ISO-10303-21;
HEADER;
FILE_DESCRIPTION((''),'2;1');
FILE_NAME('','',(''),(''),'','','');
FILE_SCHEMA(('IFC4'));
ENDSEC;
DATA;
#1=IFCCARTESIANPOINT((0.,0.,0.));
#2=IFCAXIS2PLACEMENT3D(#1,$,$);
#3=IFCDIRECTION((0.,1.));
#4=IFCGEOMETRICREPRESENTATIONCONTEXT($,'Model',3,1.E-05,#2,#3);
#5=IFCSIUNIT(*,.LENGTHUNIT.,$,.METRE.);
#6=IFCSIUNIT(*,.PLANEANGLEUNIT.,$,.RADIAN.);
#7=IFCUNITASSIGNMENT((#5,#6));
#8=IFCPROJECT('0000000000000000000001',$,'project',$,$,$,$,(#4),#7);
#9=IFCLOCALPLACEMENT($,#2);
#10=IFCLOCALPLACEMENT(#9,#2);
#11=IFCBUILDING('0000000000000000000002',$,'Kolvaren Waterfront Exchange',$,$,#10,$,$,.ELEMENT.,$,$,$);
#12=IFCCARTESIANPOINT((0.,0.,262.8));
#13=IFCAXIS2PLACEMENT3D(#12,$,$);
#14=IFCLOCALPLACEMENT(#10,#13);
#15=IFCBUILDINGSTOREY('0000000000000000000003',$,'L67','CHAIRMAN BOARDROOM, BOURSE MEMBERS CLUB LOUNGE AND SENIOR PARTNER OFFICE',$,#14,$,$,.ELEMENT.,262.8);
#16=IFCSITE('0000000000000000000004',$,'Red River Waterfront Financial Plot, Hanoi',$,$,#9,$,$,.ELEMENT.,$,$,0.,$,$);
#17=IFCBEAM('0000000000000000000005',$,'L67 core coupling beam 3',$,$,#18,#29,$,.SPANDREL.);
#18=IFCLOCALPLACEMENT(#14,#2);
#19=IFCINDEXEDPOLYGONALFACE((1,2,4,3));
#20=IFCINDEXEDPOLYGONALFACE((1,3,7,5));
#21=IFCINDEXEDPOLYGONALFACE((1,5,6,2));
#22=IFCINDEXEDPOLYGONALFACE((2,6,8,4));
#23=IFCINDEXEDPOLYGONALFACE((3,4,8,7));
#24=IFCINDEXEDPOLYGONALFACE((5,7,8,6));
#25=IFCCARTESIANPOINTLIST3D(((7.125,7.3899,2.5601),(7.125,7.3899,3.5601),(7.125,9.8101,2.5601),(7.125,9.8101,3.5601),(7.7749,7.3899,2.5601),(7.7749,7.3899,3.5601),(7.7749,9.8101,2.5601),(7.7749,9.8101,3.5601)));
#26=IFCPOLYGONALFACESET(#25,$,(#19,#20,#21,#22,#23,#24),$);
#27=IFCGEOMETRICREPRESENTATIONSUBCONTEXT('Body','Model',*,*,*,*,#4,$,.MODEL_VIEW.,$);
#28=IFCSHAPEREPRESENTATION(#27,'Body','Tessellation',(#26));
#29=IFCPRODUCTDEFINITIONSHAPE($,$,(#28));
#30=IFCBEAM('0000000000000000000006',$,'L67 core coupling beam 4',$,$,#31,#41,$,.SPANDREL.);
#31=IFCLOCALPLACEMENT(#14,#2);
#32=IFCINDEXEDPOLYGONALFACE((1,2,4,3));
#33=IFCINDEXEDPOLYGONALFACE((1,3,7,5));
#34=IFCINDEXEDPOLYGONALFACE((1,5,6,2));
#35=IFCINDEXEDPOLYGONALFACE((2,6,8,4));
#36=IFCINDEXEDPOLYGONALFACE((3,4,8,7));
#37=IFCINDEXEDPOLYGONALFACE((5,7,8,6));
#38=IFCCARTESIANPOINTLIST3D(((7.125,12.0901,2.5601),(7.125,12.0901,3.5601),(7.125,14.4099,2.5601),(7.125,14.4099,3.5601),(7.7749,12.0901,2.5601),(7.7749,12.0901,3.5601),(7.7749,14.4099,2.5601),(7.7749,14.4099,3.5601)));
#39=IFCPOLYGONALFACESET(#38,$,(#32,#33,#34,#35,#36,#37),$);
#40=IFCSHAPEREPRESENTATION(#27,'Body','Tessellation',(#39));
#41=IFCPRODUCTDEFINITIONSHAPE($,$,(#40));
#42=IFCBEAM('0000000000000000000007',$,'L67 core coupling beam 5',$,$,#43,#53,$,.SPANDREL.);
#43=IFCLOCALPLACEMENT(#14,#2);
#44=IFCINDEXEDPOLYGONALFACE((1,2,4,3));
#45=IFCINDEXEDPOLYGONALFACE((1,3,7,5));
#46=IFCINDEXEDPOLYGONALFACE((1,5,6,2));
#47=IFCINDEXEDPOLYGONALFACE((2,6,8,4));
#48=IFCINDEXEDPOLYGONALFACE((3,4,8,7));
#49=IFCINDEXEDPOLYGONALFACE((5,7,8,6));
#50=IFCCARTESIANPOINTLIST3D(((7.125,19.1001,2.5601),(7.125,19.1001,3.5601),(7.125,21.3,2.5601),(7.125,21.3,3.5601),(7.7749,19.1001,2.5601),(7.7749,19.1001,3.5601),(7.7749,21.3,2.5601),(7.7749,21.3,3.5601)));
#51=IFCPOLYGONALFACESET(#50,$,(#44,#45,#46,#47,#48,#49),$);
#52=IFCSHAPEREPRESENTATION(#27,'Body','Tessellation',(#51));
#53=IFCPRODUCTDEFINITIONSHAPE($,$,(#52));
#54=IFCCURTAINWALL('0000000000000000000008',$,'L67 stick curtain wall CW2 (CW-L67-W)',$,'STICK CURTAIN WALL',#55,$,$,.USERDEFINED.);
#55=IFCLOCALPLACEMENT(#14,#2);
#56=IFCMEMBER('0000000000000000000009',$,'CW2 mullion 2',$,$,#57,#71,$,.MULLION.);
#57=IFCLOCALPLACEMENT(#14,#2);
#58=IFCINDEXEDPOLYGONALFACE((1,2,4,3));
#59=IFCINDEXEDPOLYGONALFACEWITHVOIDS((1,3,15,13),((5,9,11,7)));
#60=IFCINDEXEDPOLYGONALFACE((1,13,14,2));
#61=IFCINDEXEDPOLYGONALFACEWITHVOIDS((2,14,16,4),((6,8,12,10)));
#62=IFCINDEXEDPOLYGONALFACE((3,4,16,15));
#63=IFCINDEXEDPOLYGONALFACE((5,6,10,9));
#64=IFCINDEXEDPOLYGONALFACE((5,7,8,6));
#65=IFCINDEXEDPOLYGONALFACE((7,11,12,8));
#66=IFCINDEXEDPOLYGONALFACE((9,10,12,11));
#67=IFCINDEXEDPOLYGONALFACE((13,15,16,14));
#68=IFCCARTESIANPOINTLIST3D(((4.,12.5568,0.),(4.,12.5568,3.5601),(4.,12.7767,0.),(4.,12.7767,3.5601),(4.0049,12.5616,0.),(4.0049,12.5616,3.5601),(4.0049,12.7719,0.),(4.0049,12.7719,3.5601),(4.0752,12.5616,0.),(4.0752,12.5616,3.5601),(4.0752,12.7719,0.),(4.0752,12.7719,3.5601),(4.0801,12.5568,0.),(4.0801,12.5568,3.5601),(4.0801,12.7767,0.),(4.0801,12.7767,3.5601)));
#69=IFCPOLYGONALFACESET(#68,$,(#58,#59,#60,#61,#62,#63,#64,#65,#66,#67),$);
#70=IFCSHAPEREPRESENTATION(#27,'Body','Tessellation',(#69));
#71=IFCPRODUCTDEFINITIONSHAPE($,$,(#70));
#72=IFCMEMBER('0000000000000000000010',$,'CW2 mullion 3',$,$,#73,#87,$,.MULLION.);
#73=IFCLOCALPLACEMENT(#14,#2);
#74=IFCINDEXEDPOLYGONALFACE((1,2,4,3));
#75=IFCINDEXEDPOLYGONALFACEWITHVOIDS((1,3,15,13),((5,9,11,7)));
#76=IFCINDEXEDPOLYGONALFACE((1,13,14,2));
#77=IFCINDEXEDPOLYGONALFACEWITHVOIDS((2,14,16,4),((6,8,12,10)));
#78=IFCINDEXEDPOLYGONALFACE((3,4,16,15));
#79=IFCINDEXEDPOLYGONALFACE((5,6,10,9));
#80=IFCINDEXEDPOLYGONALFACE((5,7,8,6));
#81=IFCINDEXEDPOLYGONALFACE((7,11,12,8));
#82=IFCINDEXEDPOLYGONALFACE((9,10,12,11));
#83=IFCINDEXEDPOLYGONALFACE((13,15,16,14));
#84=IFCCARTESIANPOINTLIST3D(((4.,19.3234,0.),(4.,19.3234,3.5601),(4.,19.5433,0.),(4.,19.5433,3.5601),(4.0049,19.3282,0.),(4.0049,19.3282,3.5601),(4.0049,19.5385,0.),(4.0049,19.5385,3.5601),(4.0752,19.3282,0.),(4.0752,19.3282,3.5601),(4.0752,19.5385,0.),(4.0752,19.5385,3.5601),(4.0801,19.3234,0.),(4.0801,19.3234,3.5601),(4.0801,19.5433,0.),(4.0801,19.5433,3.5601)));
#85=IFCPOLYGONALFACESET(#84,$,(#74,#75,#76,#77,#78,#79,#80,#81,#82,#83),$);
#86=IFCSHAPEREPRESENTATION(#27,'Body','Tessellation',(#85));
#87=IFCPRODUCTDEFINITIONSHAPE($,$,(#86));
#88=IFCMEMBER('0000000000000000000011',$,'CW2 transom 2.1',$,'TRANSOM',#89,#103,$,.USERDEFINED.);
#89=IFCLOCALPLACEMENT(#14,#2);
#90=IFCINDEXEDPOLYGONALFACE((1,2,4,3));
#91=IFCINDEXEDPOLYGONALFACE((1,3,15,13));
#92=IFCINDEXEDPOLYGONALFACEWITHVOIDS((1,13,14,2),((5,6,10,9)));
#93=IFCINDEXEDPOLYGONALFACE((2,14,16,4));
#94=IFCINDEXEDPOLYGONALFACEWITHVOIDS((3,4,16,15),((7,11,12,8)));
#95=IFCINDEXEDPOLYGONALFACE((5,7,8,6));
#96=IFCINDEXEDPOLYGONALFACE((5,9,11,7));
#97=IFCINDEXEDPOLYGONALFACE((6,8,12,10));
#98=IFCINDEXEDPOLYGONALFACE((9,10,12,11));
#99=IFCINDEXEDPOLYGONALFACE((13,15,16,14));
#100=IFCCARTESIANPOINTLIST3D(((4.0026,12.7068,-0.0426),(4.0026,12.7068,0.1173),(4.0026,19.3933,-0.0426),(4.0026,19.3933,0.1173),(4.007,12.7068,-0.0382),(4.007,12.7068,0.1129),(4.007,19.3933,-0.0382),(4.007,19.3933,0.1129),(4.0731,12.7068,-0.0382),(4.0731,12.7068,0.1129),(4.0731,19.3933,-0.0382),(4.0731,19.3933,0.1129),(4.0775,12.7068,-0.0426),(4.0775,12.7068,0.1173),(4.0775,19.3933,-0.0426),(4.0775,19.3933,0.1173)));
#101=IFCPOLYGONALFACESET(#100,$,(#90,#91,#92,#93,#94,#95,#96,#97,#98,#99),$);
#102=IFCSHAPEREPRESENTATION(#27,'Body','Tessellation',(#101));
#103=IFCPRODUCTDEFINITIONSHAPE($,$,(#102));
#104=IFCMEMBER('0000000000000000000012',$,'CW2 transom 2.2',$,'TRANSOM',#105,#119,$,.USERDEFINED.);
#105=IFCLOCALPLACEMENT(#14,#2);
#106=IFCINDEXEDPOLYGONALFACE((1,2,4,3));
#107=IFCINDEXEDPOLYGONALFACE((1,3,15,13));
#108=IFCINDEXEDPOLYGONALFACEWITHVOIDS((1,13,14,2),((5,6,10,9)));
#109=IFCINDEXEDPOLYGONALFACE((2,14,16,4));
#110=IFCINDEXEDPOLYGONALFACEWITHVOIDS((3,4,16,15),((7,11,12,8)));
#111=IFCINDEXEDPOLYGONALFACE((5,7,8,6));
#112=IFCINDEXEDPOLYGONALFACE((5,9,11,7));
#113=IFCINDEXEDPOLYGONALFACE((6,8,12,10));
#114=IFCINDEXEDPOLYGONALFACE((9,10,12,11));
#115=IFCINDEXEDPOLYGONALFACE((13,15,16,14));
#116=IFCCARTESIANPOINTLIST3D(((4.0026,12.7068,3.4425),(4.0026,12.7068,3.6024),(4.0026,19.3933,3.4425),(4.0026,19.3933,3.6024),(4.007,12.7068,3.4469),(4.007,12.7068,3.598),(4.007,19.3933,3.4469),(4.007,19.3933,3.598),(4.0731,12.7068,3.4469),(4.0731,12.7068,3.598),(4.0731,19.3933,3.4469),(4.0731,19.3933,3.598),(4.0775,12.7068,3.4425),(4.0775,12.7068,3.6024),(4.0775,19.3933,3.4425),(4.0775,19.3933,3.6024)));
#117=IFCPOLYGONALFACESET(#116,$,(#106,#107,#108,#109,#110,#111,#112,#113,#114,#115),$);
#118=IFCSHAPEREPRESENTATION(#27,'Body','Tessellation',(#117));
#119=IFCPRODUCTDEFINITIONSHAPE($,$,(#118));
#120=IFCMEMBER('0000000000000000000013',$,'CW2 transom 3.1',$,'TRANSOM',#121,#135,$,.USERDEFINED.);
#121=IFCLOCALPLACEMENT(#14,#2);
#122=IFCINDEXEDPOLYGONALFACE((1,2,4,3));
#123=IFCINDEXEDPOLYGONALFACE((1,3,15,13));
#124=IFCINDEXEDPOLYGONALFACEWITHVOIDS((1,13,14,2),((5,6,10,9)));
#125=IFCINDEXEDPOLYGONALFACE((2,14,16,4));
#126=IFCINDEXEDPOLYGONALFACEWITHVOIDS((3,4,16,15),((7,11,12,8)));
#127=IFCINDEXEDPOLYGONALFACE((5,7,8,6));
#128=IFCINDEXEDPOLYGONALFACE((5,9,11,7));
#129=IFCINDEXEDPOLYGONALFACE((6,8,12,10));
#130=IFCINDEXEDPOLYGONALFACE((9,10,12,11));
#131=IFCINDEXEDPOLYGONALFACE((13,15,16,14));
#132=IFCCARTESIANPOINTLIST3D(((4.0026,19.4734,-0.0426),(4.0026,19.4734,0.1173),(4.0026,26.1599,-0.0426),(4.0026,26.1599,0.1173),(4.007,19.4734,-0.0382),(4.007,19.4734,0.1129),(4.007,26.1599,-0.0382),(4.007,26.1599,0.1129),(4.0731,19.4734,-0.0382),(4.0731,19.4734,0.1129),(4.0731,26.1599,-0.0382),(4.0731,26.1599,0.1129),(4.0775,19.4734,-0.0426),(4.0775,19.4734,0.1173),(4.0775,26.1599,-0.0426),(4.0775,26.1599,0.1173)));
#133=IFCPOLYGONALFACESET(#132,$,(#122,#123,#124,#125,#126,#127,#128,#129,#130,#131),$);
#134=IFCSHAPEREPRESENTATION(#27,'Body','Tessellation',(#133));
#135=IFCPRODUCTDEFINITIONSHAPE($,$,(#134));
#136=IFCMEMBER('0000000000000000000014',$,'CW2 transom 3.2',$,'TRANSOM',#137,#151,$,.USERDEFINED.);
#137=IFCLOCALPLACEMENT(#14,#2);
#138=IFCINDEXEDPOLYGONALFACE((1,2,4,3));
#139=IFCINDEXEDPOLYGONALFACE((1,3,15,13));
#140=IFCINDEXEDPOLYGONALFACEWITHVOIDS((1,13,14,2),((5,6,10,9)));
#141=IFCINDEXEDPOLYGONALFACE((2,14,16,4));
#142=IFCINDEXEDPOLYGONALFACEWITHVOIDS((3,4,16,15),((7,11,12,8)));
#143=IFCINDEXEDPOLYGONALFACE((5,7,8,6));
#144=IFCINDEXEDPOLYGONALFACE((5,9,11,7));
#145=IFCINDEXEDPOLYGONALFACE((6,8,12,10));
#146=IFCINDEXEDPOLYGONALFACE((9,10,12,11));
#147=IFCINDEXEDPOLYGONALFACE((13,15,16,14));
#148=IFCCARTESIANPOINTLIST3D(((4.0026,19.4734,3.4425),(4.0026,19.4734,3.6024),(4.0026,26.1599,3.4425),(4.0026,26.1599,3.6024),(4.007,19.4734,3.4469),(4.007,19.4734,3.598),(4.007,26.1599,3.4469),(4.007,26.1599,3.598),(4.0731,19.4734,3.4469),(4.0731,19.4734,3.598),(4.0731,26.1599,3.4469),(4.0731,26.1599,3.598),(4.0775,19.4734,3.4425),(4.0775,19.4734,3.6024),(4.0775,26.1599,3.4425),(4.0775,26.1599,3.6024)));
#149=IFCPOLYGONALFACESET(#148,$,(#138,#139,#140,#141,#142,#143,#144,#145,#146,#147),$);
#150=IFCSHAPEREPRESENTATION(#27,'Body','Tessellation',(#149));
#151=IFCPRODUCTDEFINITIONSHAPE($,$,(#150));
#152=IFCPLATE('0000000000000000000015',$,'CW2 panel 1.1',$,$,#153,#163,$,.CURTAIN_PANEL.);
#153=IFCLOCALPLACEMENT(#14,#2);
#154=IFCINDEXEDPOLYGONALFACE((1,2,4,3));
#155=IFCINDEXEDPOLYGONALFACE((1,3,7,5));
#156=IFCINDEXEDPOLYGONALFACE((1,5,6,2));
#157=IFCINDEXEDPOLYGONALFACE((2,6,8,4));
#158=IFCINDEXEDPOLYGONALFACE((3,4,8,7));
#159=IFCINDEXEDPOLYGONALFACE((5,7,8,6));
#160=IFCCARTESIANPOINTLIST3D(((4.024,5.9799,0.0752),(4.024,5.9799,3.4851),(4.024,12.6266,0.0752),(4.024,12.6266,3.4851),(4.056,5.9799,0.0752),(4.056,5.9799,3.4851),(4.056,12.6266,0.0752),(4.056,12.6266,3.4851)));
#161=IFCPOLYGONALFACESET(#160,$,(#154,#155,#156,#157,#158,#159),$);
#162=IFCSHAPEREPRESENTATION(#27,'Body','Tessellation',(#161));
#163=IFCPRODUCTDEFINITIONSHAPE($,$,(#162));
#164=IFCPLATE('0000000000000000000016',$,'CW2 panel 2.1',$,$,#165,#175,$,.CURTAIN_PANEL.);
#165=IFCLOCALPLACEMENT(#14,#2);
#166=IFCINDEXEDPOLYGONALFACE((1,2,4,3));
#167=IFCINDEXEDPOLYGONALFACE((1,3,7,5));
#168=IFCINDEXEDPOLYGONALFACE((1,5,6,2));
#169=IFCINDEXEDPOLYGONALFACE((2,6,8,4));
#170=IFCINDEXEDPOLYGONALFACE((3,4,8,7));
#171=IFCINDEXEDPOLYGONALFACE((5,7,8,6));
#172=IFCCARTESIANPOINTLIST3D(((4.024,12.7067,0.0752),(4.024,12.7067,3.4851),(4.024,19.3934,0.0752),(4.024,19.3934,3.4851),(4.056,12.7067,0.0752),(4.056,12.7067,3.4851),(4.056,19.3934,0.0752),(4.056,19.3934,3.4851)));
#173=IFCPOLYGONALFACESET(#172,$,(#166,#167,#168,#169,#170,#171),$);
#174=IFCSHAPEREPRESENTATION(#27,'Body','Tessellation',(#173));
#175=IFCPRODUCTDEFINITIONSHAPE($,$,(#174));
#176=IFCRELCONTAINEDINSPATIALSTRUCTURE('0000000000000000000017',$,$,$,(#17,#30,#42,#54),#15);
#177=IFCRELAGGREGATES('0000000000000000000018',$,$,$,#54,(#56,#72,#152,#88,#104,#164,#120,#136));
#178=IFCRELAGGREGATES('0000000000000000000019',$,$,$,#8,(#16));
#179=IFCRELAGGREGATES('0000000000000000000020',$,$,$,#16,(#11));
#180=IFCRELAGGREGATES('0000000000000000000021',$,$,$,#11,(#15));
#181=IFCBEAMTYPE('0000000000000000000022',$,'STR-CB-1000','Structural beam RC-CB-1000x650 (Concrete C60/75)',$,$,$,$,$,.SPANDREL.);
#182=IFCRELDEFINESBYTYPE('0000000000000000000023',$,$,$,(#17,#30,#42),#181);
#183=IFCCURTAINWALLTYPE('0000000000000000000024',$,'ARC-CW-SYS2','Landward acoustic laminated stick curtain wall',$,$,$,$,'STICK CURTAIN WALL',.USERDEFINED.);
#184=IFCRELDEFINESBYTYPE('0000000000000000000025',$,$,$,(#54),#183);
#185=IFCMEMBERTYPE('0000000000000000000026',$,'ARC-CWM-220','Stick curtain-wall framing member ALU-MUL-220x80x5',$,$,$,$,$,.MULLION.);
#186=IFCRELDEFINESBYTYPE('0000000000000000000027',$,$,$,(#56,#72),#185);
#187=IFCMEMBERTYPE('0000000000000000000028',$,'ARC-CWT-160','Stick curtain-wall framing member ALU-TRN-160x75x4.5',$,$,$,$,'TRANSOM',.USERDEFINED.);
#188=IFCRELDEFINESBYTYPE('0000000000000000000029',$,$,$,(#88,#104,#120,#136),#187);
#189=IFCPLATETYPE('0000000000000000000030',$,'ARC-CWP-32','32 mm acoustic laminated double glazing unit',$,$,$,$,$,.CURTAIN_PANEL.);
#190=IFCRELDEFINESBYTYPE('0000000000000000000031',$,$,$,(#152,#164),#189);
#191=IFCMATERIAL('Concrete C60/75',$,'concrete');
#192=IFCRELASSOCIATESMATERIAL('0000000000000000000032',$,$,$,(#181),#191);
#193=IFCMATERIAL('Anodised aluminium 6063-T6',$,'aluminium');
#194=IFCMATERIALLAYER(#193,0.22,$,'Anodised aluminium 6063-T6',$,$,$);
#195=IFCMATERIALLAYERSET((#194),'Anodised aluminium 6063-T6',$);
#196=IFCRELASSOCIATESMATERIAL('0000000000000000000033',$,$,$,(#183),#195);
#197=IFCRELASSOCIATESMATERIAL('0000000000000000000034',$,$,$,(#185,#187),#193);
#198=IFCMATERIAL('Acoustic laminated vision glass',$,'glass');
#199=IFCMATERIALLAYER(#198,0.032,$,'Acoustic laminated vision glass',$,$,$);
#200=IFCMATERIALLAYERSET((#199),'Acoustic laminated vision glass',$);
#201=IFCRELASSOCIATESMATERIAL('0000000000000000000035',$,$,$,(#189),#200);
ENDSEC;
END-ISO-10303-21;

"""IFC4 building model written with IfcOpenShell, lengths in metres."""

from ifc_helpers import new_model, si_unit, direction, frame, origin, origin_with_axes, origin_2d, place, context, subcontext, project, spatial, rectangle, hollow_rectangle, extrude, source, transform, mapped, material, layer, layer_set, material_profile, profile_set, type_object, element, aggregate, save


model = new_model("IFC4")

# Units and contexts
model_context = context("Model", 3, precision=1e-05, world=origin(), true_north=direction((0.0, 1.0)))
body_context = subcontext(model_context, "Body", "Model", "MODEL_VIEW")
ifc_project = project(units=[si_unit("LENGTHUNIT", "METRE"), si_unit("PLANEANGLEUNIT", "RADIAN")], contexts=[model_context])

# Site, building, storey
site_placement = place(None, origin())
site = spatial("IfcSite", under=ifc_project, at=site_placement, Name="Red River Waterfront Financial Plot, Hanoi", CompositionType="ELEMENT", RefElevation=0.0)
building_placement = place(site_placement, origin())
building = spatial("IfcBuilding", under=site, at=building_placement, Name="Kolvaren Waterfront Exchange", CompositionType="ELEMENT")
storey_placement = place(building_placement, frame((0.0, 0.0, 262.8)))
storey = spatial("IfcBuildingStorey", under=building, at=storey_placement, Name="L67", Description="CHAIRMAN BOARDROOM, BOURSE MEMBERS CLUB LOUNGE AND SENIOR PARTNER OFFICE", CompositionType="ELEMENT", Elevation=262.8)

# Beams
ifc_material_1 = material(Name="Concrete C60/75", Category="concrete")
ifc_material_profile_1 = material_profile(ifc_material_1, rectangle(XDim=0.6499, YDim=1.0, at=origin_2d()), Name="RC-CB-1000x650")
ifc_profile_set_1 = profile_set([ifc_material_profile_1], Name="Concrete C60/75")
beam_type = type_object("IfcBeamType", Name="STR-CB-1000", Description="Structural beam RC-CB-1000x650 (Concrete C60/75)", PredefinedType="SPANDREL", material=ifc_profile_set_1)
beam_1_placement = place(storey_placement, frame((7.45, 7.3899, 3.0601), z_axis=(0.0, 1.0, 0.0), x_axis=(-1.0, 0.0, 0.0)))
element("IfcBeam", 1, at=beam_1_placement, inside=storey, type_object=beam_type, Name="L67 core coupling beam 3", PredefinedType="SPANDREL", context=body_context, shape_type="SweptSolid", body=[
    extrude(rectangle(XDim=0.6499, YDim=1.0, at=origin_2d()), origin(), (0.0, 0.0, 1.0), 2.4202),
])
beam_2_placement = place(storey_placement, frame((7.45, 12.0901, 3.0601), z_axis=(0.0, 1.0, 0.0), x_axis=(-1.0, 0.0, 0.0)))
element("IfcBeam", 2, at=beam_2_placement, inside=storey, type_object=beam_type, Name="L67 core coupling beam 4", PredefinedType="SPANDREL", context=body_context, shape_type="SweptSolid", body=[
    extrude(rectangle(XDim=0.6499, YDim=1.0, at=origin_2d()), origin(), (0.0, 0.0, 1.0), 2.3198),
])
beam_3_placement = place(storey_placement, frame((7.45, 19.1001, 3.0601), z_axis=(0.0, 1.0, 0.0), x_axis=(-1.0, 0.0, 0.0)))
element("IfcBeam", 3, at=beam_3_placement, inside=storey, type_object=beam_type, Name="L67 core coupling beam 5", PredefinedType="SPANDREL", context=body_context, shape_type="SweptSolid", body=[
    extrude(rectangle(XDim=0.6499, YDim=1.0, at=origin_2d()), origin(), (0.0, 0.0, 1.0), 2.2),
])

# Curtain wall, members, plates
ifc_material_2 = material(Name="Anodised aluminium 6063-T6", Category="aluminium")
ifc_layer_1 = layer(ifc_material_2, 0.22, Name="Anodised aluminium 6063-T6")
ifc_layer_set_1 = layer_set([ifc_layer_1], Name="Anodised aluminium 6063-T6")
curtain_wall_type = type_object("IfcCurtainWallType", Name="ARC-CW-SYS2", Description="Landward acoustic laminated stick curtain wall", ElementType="STICK CURTAIN WALL", PredefinedType="USERDEFINED", material=ifc_layer_set_1)
curtain_wall_placement = place(storey_placement, origin())
curtain_wall = element("IfcCurtainWall", 4, at=curtain_wall_placement, inside=storey, type_object=curtain_wall_type, Name="L67 stick curtain wall CW2 (CW-L67-W)", ObjectType="STICK CURTAIN WALL", PredefinedType="USERDEFINED")
ifc_material_profile_2 = material_profile(ifc_material_2, hollow_rectangle(XDim=0.0801, YDim=0.22, WallThickness=0.0049, at=origin_2d()), Name="ALU-MUL-220x80x5")
ifc_profile_set_2 = profile_set([ifc_material_profile_2], Name="Anodised aluminium 6063-T6")
member_type_1 = type_object("IfcMemberType", Name="ARC-CWM-220", Description="Stick curtain-wall framing member ALU-MUL-220x80x5", PredefinedType="MULLION", material=ifc_profile_set_2)
shared_shape_1 = source(origin_with_axes(), body_context, "Body", "SweptSolid", [
    extrude(hollow_rectangle(XDim=0.0801, YDim=0.22, WallThickness=0.0049, at=origin_2d()), origin(), (0.0, 0.0, 1.0), 3.5601),
])
member_1_placement = place(storey_placement, frame((4.04, 12.6667, 0.0), z_axis=(0.0, 0.0, 1.0), x_axis=(-1.0, 0.0, 0.0)))
member_1 = element("IfcMember", 5, at=member_1_placement, type_object=member_type_1, Name="CW2 mullion 2", PredefinedType="MULLION", context=body_context, shape_type="MappedRepresentation", body=[
    mapped(shared_shape_1, transform((0.0, 0.0, 0.0), x_axis=(1.0, 0.0, 0.0), y_axis=(0.0, 1.0, 0.0), z_axis=(0.0, 0.0, 1.0), scale=1.0)),
])
member_2_placement = place(storey_placement, frame((4.04, 19.4333, 0.0), z_axis=(0.0, 0.0, 1.0), x_axis=(-1.0, 0.0, 0.0)))
member_2 = element("IfcMember", 6, at=member_2_placement, type_object=member_type_1, Name="CW2 mullion 3", PredefinedType="MULLION", context=body_context, shape_type="MappedRepresentation", body=[
    mapped(shared_shape_1, transform((0.0, 0.0, 0.0), x_axis=(1.0, 0.0, 0.0), y_axis=(0.0, 1.0, 0.0), z_axis=(0.0, 0.0, 1.0), scale=1.0)),
])
ifc_material_profile_3 = material_profile(ifc_material_2, hollow_rectangle(XDim=0.075, YDim=0.1599, WallThickness=0.0044, at=origin_2d()), Name="ALU-TRN-160x75x4.5")
ifc_profile_set_3 = profile_set([ifc_material_profile_3], Name="Anodised aluminium 6063-T6")
member_type_2 = type_object("IfcMemberType", Name="ARC-CWT-160", Description="Stick curtain-wall framing member ALU-TRN-160x75x4.5", ElementType="TRANSOM", PredefinedType="USERDEFINED", material=ifc_profile_set_3)
shared_shape_2 = source(origin_with_axes(), body_context, "Body", "SweptSolid", [
    extrude(hollow_rectangle(XDim=0.075, YDim=0.1599, WallThickness=0.0044, at=origin_2d()), origin(), (0.0, 0.0, 1.0), 6.6865),
])
member_3_placement = place(storey_placement, frame((4.04, 12.7068, 0.0374), z_axis=(0.0, 1.0, 0.0), x_axis=(-1.0, 0.0, 0.0)))
member_3 = element("IfcMember", 7, at=member_3_placement, type_object=member_type_2, Name="CW2 transom 2.1", ObjectType="TRANSOM", PredefinedType="USERDEFINED", context=body_context, shape_type="MappedRepresentation", body=[
    mapped(shared_shape_2, transform((0.0, 0.0, 0.0), x_axis=(1.0, 0.0, 0.0), y_axis=(0.0, 1.0, 0.0), z_axis=(0.0, 0.0, 1.0), scale=1.0)),
])
member_4_placement = place(storey_placement, frame((4.04, 12.7068, 3.5225), z_axis=(0.0, 1.0, 0.0), x_axis=(-1.0, 0.0, 0.0)))
member_4 = element("IfcMember", 8, at=member_4_placement, type_object=member_type_2, Name="CW2 transom 2.2", ObjectType="TRANSOM", PredefinedType="USERDEFINED", context=body_context, shape_type="MappedRepresentation", body=[
    mapped(shared_shape_2, transform((0.0, 0.0, 0.0), x_axis=(1.0, 0.0, 0.0), y_axis=(0.0, 1.0, 0.0), z_axis=(0.0, 0.0, 1.0), scale=1.0)),
])
member_5_placement = place(storey_placement, frame((4.04, 19.4734, 0.0374), z_axis=(0.0, 1.0, 0.0), x_axis=(-1.0, 0.0, 0.0)))
member_5 = element("IfcMember", 9, at=member_5_placement, type_object=member_type_2, Name="CW2 transom 3.1", ObjectType="TRANSOM", PredefinedType="USERDEFINED", context=body_context, shape_type="MappedRepresentation", body=[
    mapped(shared_shape_2, transform((0.0, 0.0, 0.0), x_axis=(1.0, 0.0, 0.0), y_axis=(0.0, 1.0, 0.0), z_axis=(0.0, 0.0, 1.0), scale=1.0)),
])
member_6_placement = place(storey_placement, frame((4.04, 19.4734, 3.5225), z_axis=(0.0, 1.0, 0.0), x_axis=(-1.0, 0.0, 0.0)))
member_6 = element("IfcMember", 10, at=member_6_placement, type_object=member_type_2, Name="CW2 transom 3.2", ObjectType="TRANSOM", PredefinedType="USERDEFINED", context=body_context, shape_type="MappedRepresentation", body=[
    mapped(shared_shape_2, transform((0.0, 0.0, 0.0), x_axis=(1.0, 0.0, 0.0), y_axis=(0.0, 1.0, 0.0), z_axis=(0.0, 0.0, 1.0), scale=1.0)),
])
ifc_material_3 = material(Name="Acoustic laminated vision glass", Category="glass")
ifc_layer_2 = layer(ifc_material_3, 0.032, Name="Acoustic laminated vision glass")
ifc_layer_set_2 = layer_set([ifc_layer_2], Name="Acoustic laminated vision glass")
plate_type = type_object("IfcPlateType", Name="ARC-CWP-32", Description="32 mm acoustic laminated double glazing unit", PredefinedType="CURTAIN_PANEL", material=ifc_layer_set_2)
shared_shape_3 = source(origin_with_axes(), body_context, "Body", "SweptSolid", [
    extrude(rectangle(XDim=6.6467, YDim=0.032, at=origin_2d()), origin(), (0.0, 0.0, 1.0), 3.4099),
])
plate_1_placement = place(storey_placement, frame((4.04, 9.3032, 0.0752), z_axis=(0.0, 0.0, 1.0), x_axis=(0.0, 1.0, 0.0)))
plate_1 = element("IfcPlate", 11, at=plate_1_placement, type_object=plate_type, Name="CW2 panel 1.1", PredefinedType="CURTAIN_PANEL", context=body_context, shape_type="MappedRepresentation", body=[
    mapped(shared_shape_3, transform((0.0, 0.0, 0.0), x_axis=(1.0, 0.0, 0.0), y_axis=(0.0, 1.0, 0.0), z_axis=(0.0, 0.0, 1.0), scale=1.0)),
])
shared_shape_4 = source(origin_with_axes(), body_context, "Body", "SweptSolid", [
    extrude(rectangle(XDim=6.6868, YDim=0.032, at=origin_2d()), origin(), (0.0, 0.0, 1.0), 3.4099),
])
plate_2_placement = place(storey_placement, frame((4.04, 16.05, 0.0752), z_axis=(0.0, 0.0, 1.0), x_axis=(0.0, 1.0, 0.0)))
plate_2 = element("IfcPlate", 12, at=plate_2_placement, type_object=plate_type, Name="CW2 panel 2.1", PredefinedType="CURTAIN_PANEL", context=body_context, shape_type="MappedRepresentation", body=[
    mapped(shared_shape_4, transform((0.0, 0.0, 0.0), x_axis=(1.0, 0.0, 0.0), y_axis=(0.0, 1.0, 0.0), z_axis=(0.0, 0.0, 1.0), scale=1.0)),
])
aggregate(curtain_wall, [member_1, member_2, plate_1, member_3, member_4, plate_2, member_5, member_6])

save(model, "model.ifc")
